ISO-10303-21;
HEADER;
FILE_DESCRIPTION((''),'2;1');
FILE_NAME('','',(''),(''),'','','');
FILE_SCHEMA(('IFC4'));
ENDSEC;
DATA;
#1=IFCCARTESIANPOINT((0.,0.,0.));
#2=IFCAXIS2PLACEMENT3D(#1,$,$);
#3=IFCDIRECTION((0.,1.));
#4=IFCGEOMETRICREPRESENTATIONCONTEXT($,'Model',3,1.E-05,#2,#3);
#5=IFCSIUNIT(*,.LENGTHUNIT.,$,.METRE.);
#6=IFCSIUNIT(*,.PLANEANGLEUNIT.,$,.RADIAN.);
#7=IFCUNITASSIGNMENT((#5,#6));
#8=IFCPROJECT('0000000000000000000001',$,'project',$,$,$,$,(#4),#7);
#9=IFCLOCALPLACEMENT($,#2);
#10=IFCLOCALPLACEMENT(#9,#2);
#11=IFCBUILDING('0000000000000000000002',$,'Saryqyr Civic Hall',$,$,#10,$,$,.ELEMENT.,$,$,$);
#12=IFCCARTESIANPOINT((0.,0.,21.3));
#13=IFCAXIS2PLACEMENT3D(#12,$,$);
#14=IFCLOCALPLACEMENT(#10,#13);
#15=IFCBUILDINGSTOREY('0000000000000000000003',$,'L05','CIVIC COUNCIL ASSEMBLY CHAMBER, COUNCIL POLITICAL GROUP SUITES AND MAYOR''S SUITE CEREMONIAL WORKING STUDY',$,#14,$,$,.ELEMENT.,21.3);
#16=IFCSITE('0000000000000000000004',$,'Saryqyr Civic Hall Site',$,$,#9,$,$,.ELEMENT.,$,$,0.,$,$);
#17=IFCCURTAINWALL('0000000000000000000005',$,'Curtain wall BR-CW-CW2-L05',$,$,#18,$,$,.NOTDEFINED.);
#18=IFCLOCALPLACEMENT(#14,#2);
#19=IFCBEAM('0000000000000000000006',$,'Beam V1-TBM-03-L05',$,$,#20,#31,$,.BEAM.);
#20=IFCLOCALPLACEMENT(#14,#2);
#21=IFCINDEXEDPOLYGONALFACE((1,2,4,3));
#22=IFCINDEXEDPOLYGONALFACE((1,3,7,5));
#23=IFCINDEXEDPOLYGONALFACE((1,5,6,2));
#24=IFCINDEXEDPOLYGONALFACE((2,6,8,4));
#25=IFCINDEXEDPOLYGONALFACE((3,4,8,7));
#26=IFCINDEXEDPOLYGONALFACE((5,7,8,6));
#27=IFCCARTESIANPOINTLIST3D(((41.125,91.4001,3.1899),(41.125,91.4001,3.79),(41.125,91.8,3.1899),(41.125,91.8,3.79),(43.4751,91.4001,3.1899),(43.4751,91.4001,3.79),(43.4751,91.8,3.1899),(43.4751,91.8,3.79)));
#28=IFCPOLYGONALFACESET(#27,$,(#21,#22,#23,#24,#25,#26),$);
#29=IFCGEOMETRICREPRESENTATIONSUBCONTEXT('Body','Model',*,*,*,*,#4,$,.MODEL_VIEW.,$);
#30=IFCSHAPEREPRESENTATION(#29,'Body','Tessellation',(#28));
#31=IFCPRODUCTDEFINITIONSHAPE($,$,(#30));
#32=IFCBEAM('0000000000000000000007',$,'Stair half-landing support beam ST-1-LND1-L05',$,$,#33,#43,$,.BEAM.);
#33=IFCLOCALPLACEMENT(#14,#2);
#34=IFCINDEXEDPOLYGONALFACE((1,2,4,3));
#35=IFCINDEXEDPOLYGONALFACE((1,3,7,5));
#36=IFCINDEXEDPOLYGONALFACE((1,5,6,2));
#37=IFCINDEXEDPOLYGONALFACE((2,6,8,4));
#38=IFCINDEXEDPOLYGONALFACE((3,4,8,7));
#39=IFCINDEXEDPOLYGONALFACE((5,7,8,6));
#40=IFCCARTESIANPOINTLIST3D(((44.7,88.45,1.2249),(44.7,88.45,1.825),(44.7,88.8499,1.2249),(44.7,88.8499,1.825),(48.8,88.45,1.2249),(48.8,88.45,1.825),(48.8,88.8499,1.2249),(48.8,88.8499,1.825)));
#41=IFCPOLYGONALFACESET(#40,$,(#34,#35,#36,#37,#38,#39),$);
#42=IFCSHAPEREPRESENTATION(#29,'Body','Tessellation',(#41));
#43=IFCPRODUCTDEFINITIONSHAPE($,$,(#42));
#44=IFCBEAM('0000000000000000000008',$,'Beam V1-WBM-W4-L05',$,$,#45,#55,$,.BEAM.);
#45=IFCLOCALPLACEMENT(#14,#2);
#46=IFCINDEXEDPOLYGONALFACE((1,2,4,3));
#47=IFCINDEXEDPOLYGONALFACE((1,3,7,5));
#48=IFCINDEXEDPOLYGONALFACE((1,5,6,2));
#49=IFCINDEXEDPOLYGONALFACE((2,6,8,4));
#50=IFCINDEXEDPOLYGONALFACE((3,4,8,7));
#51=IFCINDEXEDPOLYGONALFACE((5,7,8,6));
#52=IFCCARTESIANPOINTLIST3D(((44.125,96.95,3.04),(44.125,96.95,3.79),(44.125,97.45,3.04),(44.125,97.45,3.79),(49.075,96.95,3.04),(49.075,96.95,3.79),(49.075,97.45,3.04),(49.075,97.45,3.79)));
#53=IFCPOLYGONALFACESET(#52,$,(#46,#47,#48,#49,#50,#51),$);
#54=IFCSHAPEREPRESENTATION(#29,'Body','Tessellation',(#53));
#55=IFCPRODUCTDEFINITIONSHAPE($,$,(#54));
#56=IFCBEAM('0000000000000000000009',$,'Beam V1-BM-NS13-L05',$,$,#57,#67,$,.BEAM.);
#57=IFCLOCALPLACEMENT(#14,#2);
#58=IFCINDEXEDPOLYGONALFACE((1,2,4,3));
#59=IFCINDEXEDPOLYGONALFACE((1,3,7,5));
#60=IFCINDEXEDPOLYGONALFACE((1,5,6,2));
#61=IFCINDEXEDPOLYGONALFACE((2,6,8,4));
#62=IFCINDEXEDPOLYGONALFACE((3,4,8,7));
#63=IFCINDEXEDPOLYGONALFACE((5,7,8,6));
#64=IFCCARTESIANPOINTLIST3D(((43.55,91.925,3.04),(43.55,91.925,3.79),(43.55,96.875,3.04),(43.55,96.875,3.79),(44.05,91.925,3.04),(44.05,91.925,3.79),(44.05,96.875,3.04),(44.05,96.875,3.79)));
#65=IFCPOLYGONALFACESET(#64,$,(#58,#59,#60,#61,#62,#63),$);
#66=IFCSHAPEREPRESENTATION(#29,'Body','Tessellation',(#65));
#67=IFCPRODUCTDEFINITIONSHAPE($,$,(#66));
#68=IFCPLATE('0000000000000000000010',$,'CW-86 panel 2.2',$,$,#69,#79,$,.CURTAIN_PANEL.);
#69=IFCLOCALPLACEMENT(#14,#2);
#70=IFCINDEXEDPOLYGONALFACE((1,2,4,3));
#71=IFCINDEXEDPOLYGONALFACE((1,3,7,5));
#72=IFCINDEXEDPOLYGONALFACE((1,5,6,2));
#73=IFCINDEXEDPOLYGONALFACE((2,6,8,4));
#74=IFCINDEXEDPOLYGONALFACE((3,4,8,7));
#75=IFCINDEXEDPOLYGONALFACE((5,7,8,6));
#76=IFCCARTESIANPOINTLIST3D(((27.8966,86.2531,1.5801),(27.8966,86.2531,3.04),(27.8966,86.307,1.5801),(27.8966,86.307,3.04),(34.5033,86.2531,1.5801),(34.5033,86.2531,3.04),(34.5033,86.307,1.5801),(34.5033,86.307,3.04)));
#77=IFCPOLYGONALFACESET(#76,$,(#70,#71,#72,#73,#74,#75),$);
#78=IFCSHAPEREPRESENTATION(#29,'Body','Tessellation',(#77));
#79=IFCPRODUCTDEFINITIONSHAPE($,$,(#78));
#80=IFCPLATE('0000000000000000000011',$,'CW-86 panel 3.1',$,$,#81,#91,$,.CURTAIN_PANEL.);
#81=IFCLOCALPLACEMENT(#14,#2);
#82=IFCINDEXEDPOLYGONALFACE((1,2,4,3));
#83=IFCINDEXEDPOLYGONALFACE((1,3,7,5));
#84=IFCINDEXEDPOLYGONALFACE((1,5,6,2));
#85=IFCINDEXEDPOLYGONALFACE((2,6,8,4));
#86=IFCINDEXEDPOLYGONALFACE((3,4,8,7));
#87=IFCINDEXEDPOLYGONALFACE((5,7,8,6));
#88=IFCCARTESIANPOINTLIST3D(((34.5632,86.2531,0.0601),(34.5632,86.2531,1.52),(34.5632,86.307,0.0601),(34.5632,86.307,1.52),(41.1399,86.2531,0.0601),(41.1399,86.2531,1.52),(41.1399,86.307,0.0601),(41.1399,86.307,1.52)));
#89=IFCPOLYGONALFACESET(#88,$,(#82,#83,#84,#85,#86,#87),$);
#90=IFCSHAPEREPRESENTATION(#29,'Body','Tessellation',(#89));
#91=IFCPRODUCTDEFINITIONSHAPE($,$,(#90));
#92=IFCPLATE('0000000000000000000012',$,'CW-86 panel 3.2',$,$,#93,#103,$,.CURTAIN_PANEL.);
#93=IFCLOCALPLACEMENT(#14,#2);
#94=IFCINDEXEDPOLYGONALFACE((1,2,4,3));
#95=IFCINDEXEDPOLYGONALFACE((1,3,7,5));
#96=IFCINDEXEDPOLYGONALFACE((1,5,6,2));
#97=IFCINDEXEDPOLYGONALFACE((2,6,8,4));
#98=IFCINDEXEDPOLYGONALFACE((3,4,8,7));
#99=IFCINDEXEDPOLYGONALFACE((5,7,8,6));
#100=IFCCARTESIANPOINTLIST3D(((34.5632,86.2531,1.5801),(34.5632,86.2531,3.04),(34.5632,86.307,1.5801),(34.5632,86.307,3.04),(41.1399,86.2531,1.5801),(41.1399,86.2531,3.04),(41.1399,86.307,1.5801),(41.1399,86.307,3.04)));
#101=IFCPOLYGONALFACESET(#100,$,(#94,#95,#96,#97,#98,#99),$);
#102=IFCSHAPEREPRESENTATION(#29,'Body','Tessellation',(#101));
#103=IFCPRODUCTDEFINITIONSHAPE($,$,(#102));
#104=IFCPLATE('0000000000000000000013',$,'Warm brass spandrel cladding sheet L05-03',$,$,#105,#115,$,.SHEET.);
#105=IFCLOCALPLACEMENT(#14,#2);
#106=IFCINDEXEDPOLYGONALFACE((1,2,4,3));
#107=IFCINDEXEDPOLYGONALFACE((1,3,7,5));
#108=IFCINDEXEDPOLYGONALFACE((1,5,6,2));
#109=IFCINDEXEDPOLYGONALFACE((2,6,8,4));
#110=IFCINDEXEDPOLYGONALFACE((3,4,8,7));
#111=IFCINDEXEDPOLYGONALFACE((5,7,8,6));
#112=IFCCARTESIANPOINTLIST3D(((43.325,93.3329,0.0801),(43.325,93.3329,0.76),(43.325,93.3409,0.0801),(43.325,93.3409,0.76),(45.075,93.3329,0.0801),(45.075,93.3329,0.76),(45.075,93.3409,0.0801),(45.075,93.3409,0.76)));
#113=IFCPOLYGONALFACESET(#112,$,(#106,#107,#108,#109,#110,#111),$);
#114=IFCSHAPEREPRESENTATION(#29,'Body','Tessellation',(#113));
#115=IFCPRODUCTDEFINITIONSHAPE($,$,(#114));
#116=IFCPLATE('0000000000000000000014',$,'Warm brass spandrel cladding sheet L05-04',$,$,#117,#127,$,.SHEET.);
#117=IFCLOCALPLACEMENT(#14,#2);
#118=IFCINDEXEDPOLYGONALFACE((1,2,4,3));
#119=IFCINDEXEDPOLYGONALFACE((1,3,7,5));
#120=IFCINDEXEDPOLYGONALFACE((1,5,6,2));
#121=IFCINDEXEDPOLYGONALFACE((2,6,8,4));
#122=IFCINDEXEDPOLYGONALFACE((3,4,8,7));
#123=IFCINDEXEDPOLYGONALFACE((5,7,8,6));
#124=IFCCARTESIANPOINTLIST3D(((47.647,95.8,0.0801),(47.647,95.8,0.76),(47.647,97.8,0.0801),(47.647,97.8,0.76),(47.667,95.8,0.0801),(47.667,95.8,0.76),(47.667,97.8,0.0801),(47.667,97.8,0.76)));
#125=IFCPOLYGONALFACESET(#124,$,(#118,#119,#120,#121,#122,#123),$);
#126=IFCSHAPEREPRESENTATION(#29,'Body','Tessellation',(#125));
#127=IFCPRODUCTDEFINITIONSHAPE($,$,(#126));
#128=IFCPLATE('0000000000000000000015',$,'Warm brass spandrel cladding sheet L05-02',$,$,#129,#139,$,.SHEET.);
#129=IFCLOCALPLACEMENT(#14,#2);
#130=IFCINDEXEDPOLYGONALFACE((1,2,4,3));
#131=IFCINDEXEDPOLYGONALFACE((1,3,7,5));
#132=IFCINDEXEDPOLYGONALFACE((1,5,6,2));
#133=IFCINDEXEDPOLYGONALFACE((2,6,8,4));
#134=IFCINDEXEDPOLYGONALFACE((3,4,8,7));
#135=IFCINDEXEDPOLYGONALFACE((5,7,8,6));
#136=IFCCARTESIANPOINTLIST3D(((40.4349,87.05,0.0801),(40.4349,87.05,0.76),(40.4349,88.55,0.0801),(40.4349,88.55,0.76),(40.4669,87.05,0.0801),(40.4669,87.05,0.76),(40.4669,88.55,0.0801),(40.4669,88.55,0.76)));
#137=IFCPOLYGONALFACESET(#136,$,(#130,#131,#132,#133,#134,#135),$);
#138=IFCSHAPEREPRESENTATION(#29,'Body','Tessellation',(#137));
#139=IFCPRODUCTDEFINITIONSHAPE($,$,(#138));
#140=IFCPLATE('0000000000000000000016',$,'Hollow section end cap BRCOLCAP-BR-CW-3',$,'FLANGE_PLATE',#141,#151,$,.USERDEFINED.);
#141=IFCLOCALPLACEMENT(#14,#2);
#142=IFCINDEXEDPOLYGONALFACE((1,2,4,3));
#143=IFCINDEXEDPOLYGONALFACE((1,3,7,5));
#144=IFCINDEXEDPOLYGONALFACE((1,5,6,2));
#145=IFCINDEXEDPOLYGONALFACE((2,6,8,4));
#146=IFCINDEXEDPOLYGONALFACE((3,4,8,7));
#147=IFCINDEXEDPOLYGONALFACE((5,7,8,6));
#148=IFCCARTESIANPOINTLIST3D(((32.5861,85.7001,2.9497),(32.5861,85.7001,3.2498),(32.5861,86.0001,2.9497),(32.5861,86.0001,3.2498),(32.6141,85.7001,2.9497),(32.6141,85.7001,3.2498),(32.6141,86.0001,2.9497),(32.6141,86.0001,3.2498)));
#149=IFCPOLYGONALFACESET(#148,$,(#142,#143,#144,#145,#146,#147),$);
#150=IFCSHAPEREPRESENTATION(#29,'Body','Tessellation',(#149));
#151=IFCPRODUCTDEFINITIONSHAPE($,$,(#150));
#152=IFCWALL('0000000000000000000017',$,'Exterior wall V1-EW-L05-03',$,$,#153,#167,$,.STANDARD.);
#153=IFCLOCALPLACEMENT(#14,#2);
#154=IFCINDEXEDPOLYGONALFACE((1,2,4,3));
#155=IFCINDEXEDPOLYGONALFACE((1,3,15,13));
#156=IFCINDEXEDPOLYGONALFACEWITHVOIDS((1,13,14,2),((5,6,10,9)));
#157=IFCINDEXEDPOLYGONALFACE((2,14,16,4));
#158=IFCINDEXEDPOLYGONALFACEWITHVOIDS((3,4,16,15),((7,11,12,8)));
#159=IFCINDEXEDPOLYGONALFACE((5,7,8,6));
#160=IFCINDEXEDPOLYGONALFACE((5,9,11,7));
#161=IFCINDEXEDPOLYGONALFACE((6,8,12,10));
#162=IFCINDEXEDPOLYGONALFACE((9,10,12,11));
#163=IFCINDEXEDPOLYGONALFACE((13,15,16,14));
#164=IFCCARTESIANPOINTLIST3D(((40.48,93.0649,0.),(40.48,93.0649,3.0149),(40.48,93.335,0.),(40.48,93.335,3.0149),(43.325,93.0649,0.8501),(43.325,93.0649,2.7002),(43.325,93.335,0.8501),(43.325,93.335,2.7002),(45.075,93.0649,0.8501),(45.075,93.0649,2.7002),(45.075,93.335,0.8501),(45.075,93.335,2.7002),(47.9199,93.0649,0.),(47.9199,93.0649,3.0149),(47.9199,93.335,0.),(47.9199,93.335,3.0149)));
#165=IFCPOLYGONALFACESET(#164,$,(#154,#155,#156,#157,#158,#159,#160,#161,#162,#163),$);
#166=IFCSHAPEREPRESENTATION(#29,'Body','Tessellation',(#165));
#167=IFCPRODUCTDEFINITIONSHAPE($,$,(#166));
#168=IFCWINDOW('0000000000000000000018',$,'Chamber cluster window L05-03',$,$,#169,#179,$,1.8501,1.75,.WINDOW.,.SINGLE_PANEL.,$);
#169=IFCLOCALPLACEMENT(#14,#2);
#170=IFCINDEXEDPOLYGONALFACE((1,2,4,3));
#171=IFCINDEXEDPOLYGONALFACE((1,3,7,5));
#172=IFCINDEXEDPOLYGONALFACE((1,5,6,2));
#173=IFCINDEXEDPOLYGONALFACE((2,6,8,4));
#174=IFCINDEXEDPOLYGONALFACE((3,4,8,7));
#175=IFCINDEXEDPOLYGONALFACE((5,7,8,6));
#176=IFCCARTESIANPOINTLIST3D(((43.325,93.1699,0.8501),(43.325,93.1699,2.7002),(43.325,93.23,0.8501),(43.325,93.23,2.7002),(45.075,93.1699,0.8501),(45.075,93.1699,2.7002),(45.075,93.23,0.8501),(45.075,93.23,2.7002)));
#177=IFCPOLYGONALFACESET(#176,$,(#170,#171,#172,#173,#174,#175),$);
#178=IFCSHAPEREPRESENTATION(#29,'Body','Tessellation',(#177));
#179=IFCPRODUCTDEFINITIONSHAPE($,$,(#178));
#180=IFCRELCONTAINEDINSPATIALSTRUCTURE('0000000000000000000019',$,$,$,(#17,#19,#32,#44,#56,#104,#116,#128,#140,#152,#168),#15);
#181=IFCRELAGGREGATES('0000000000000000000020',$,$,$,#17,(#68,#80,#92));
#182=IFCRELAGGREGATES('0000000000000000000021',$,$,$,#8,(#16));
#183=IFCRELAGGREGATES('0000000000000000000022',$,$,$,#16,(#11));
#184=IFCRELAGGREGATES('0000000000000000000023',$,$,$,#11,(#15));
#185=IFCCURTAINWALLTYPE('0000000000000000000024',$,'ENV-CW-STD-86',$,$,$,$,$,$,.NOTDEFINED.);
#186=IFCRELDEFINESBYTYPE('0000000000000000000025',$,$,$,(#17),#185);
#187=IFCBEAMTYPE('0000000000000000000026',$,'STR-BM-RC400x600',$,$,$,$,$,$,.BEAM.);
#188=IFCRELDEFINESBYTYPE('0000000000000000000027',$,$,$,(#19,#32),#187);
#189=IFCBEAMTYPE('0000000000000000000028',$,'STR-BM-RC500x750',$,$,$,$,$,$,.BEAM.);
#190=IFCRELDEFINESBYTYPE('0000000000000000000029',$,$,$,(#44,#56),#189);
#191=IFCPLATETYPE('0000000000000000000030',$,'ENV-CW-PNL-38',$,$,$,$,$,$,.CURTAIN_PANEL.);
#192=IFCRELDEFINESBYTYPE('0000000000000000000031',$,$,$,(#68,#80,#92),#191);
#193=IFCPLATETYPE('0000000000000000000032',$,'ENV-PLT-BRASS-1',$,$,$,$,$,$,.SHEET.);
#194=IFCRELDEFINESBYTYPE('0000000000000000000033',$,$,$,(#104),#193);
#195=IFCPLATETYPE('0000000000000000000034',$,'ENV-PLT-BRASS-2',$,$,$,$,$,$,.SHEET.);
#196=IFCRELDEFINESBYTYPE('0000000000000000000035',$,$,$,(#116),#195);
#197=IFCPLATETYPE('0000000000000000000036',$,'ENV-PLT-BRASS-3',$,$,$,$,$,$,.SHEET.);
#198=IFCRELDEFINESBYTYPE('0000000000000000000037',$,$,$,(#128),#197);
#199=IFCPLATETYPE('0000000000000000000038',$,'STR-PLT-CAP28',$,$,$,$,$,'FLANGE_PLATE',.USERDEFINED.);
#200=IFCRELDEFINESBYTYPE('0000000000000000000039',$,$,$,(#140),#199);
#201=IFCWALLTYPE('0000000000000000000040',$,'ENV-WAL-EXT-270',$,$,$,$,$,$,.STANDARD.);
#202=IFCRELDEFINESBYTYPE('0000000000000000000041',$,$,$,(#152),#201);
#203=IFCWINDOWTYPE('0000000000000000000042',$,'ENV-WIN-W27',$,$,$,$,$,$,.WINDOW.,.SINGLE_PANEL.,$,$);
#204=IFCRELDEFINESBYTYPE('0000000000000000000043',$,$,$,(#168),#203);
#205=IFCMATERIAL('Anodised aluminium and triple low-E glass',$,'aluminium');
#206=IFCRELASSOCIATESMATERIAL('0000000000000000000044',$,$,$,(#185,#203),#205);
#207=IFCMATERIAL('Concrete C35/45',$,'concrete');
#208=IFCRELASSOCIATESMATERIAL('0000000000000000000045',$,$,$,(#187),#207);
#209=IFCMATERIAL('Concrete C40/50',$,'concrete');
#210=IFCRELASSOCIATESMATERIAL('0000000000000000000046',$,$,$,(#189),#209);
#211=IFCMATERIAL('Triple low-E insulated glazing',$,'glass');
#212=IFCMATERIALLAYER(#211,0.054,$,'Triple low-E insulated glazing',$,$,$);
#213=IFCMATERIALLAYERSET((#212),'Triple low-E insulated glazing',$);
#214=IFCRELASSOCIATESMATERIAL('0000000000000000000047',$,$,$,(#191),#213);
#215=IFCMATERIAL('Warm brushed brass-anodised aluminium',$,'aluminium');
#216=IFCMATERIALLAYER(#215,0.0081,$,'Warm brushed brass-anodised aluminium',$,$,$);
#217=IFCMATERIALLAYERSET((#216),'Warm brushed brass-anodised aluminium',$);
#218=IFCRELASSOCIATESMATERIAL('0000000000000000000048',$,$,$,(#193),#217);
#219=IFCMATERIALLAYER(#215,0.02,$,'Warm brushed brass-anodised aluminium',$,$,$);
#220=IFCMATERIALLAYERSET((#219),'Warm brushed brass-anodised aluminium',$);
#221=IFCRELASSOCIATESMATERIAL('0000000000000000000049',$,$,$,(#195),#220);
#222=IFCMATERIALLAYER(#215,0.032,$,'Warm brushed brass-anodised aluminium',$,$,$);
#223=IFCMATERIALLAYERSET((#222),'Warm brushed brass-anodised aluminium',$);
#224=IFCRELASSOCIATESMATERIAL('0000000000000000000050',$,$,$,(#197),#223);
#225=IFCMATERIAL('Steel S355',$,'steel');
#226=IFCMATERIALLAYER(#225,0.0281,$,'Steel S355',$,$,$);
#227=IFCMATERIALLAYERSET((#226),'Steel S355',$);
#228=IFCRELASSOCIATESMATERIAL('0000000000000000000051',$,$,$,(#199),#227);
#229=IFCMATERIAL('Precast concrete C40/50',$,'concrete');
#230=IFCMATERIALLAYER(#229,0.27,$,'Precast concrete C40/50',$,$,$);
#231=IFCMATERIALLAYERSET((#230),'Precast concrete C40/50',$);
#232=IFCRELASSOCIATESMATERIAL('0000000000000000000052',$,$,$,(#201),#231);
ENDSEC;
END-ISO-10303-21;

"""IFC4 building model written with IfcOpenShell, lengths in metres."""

from ifc_helpers import new_model, si_unit, direction, frame, frame_2d, origin, origin_2d, place, context, subcontext, project, spatial, rectangle, extrude, material, layer, layer_set, material_profile, profile_set, type_object, element, fill, aggregate, save


model = new_model("IFC4")

# Units and contexts
model_context = context("Model", 3, precision=1e-05, world=origin(), true_north=direction((0.0, 1.0)))
body_context = subcontext(model_context, "Body", "Model", "MODEL_VIEW")
ifc_project = project(units=[si_unit("LENGTHUNIT", "METRE"), si_unit("PLANEANGLEUNIT", "RADIAN")], contexts=[model_context])

# Site, building, storey
site_placement = place(None, origin())
site = spatial("IfcSite", under=ifc_project, at=site_placement, Name="Saryqyr Civic Hall Site", CompositionType="ELEMENT", RefElevation=0.0)
building_placement = place(site_placement, origin())
building = spatial("IfcBuilding", under=site, at=building_placement, Name="Saryqyr Civic Hall", CompositionType="ELEMENT")
storey_placement = place(building_placement, frame((0.0, 0.0, 21.3)))
storey = spatial("IfcBuildingStorey", under=building, at=storey_placement, Name="L05", Description="CIVIC COUNCIL ASSEMBLY CHAMBER, COUNCIL POLITICAL GROUP SUITES AND MAYOR'S SUITE CEREMONIAL WORKING STUDY", CompositionType="ELEMENT", Elevation=21.3)

# Shared definitions
ifc_material_1 = material(Name="Steel S355", Category="steel")
ifc_material_2 = material(Name="Concrete C40/50", Category="concrete")

# Curtain wall
ifc_material_3 = material(Name="Anodised aluminium and triple low-E glass", Category="aluminium")
curtain_wall_type = type_object("IfcCurtainWallType", Name="ENV-CW-STD-86", PredefinedType="NOTDEFINED", material=ifc_material_3)
curtain_wall_placement = place(storey_placement, origin())
curtain_wall = element("IfcCurtainWall", 1, at=curtain_wall_placement, inside=storey, type_object=curtain_wall_type, Name="Curtain wall BR-CW-CW2-L05", PredefinedType="NOTDEFINED")

# Beams
ifc_material_4 = material(Name="Concrete C35/45", Category="concrete")
ifc_material_profile_1 = material_profile(ifc_material_4, rectangle(XDim=0.3999, YDim=0.6001, at=origin_2d()), Name="RC 400x600")
ifc_profile_set_1 = profile_set([ifc_material_profile_1], Name="Concrete C35/45")
beam_type_1 = type_object("IfcBeamType", Name="STR-BM-RC400x600", PredefinedType="BEAM", material=ifc_profile_set_1)
beam_1_placement = place(storey_placement, frame((41.125, 91.6001, 3.49), z_axis=(1.0, 0.0, 0.0), x_axis=(0.0, 1.0, 0.0)))
element("IfcBeam", 2, at=beam_1_placement, inside=storey, type_object=beam_type_1, Name="Beam V1-TBM-03-L05", PredefinedType="BEAM", context=body_context, shape_type="SweptSolid", body=[
    extrude(rectangle(XDim=0.3999, YDim=0.6001, at=origin_2d()), origin(), (0.0, 0.0, 1.0), 2.3501),
])
beam_2_placement = place(storey_placement, frame((48.8, 88.6499, 1.5249), z_axis=(-1.0, 0.0, 0.0), x_axis=(0.0, -1.0, 0.0)))
element("IfcBeam", 3, at=beam_2_placement, inside=storey, type_object=beam_type_1, Name="Stair half-landing support beam ST-1-LND1-L05", PredefinedType="BEAM", context=body_context, shape_type="SweptSolid", body=[
    extrude(rectangle(XDim=0.3999, YDim=0.6001, at=origin_2d()), origin(), (0.0, 0.0, 1.0), 4.1001),
])
ifc_material_profile_2 = material_profile(ifc_material_2, rectangle(XDim=0.5, YDim=0.75, at=origin_2d()), Name="RC 500x750")
ifc_profile_set_2 = profile_set([ifc_material_profile_2], Name="Concrete C40/50")
beam_type_2 = type_object("IfcBeamType", Name="STR-BM-RC500x750", PredefinedType="BEAM", material=ifc_profile_set_2)
for number, where, z_axis, x_axis, name in (
    (4, (44.125, 97.2, 3.415), (1.0, 0.0, 0.0), (0.0, 1.0, 0.0), "Beam V1-WBM-W4-L05"),
    (5, (43.8, 91.925, 3.415), (0.0, 1.0, 0.0), (-1.0, 0.0, 0.0), "Beam V1-BM-NS13-L05"),
):
    element("IfcBeam", number, at=place(storey_placement, frame(where, z_axis=z_axis, x_axis=x_axis)), inside=storey, type_object=beam_type_2, Name=name, PredefinedType="BEAM", context=body_context, shape_type="SweptSolid", body=[
        extrude(rectangle(XDim=0.5, YDim=0.75, at=origin_2d()), origin(), (0.0, 0.0, 1.0), 4.95),
    ])

# Plates
ifc_material_5 = material(Name="Triple low-E insulated glazing", Category="glass")
ifc_layer_1 = layer(ifc_material_5, 0.054, Name="Triple low-E insulated glazing")
ifc_layer_set_1 = layer_set([ifc_layer_1], Name="Triple low-E insulated glazing")
plate_type_1 = type_object("IfcPlateType", Name="ENV-CW-PNL-38", PredefinedType="CURTAIN_PANEL", material=ifc_layer_set_1)
plate_1_placement = place(storey_placement, frame((31.2, 86.28, 1.5801), z_axis=(0.0, 0.0, 1.0), x_axis=(1.0, 0.0, 0.0)))
plate_1 = element("IfcPlate", 6, at=plate_1_placement, type_object=plate_type_1, Name="CW-86 panel 2.2", PredefinedType="CURTAIN_PANEL", context=body_context, shape_type="SweptSolid", body=[
    extrude(rectangle(XDim=6.6067, YDim=0.054, at=origin_2d()), origin(), (0.0, 0.0, 1.0), 1.46),
])
plate_2_placement = place(storey_placement, frame((37.8516, 86.28, 0.0601), z_axis=(0.0, 0.0, 1.0), x_axis=(1.0, 0.0, 0.0)))
plate_2 = element("IfcPlate", 7, at=plate_2_placement, type_object=plate_type_1, Name="CW-86 panel 3.1", PredefinedType="CURTAIN_PANEL", context=body_context, shape_type="SweptSolid", body=[
    extrude(rectangle(XDim=6.5767, YDim=0.054, at=origin_2d()), origin(), (0.0, 0.0, 1.0), 1.46),
])
plate_3_placement = place(storey_placement, frame((37.8516, 86.28, 1.5801), z_axis=(0.0, 0.0, 1.0), x_axis=(1.0, 0.0, 0.0)))
plate_3 = element("IfcPlate", 8, at=plate_3_placement, type_object=plate_type_1, Name="CW-86 panel 3.2", PredefinedType="CURTAIN_PANEL", context=body_context, shape_type="SweptSolid", body=[
    extrude(rectangle(XDim=6.5767, YDim=0.054, at=origin_2d()), origin(), (0.0, 0.0, 1.0), 1.46),
])
aggregate(curtain_wall, [plate_1, plate_2, plate_3])

# Plates
ifc_material_6 = material(Name="Warm brushed brass-anodised aluminium", Category="aluminium")
ifc_layer_2 = layer(ifc_material_6, 0.0081, Name="Warm brushed brass-anodised aluminium")
ifc_layer_set_2 = layer_set([ifc_layer_2], Name="Warm brushed brass-anodised aluminium")
plate_type_2 = type_object("IfcPlateType", Name="ENV-PLT-BRASS-1", PredefinedType="SHEET", material=ifc_layer_set_2)
plate_4_placement = place(storey_placement, frame((44.2, 93.3369, 0.0801), z_axis=(0.0, 0.0, 1.0), x_axis=(1.0, 0.0, 0.0)))
element("IfcPlate", 9, at=plate_4_placement, inside=storey, type_object=plate_type_2, Name="Warm brass spandrel cladding sheet L05-03", PredefinedType="SHEET", context=body_context, shape_type="SweptSolid", body=[
    extrude(rectangle(XDim=1.75, YDim=0.0081, at=origin_2d()), origin(), (0.0, 0.0, 1.0), 0.6799),
])
ifc_layer_3 = layer(ifc_material_6, 0.02, Name="Warm brushed brass-anodised aluminium")
ifc_layer_set_3 = layer_set([ifc_layer_3], Name="Warm brushed brass-anodised aluminium")
plate_type_3 = type_object("IfcPlateType", Name="ENV-PLT-BRASS-2", PredefinedType="SHEET", material=ifc_layer_set_3)
plate_5_placement = place(storey_placement, frame((47.657, 96.8, 0.0801), z_axis=(0.0, 0.0, 1.0), x_axis=(0.0, 1.0, 0.0)))
element("IfcPlate", 10, at=plate_5_placement, inside=storey, type_object=plate_type_3, Name="Warm brass spandrel cladding sheet L05-04", PredefinedType="SHEET", context=body_context, shape_type="SweptSolid", body=[
    extrude(rectangle(XDim=2.0, YDim=0.02, at=origin_2d()), origin(), (0.0, 0.0, 1.0), 0.6799),
])
ifc_layer_4 = layer(ifc_material_6, 0.032, Name="Warm brushed brass-anodised aluminium")
ifc_layer_set_4 = layer_set([ifc_layer_4], Name="Warm brushed brass-anodised aluminium")
plate_type_4 = type_object("IfcPlateType", Name="ENV-PLT-BRASS-3", PredefinedType="SHEET", material=ifc_layer_set_4)
plate_6_placement = place(storey_placement, frame((40.4509, 87.8, 0.0801), z_axis=(0.0, 0.0, 1.0), x_axis=(0.0, 1.0, 0.0)))
element("IfcPlate", 11, at=plate_6_placement, inside=storey, type_object=plate_type_4, Name="Warm brass spandrel cladding sheet L05-02", PredefinedType="SHEET", context=body_context, shape_type="SweptSolid", body=[
    extrude(rectangle(XDim=1.5, YDim=0.032, at=origin_2d()), origin(), (0.0, 0.0, 1.0), 0.6799),
])
ifc_layer_5 = layer(ifc_material_1, 0.0281, Name="Steel S355")
ifc_layer_set_5 = layer_set([ifc_layer_5], Name="Steel S355")
plate_type_5 = type_object("IfcPlateType", Name="STR-PLT-CAP28", ElementType="FLANGE_PLATE", PredefinedType="USERDEFINED", material=ifc_layer_set_5)
plate_7_placement = place(storey_placement, frame((32.6001, 85.8501, 2.9497), z_axis=(0.0, 0.0, 1.0), x_axis=(1.0, 0.0, 0.0)))
element("IfcPlate", 12, at=plate_7_placement, inside=storey, type_object=plate_type_5, Name="Hollow section end cap BRCOLCAP-BR-CW-3", ObjectType="FLANGE_PLATE", PredefinedType="USERDEFINED", context=body_context, shape_type="SweptSolid", body=[
    extrude(rectangle(XDim=0.0281, YDim=0.3, at=origin_2d()), origin(), (0.0, 0.0, 1.0), 0.3),
])

# Wall, opening, window
ifc_material_7 = material(Name="Precast concrete C40/50", Category="concrete")
ifc_layer_6 = layer(ifc_material_7, 0.27, Name="Precast concrete C40/50")
ifc_layer_set_6 = layer_set([ifc_layer_6], Name="Precast concrete C40/50")
wall_type_1 = type_object("IfcWallType", Name="ENV-WAL-EXT-270", PredefinedType="STANDARD", material=ifc_layer_set_6)
wall_1_placement = place(storey_placement, frame((40.48, 93.2, 0.0), z_axis=(0.0, 0.0, 1.0), x_axis=(1.0, 0.0, 0.0)))
wall_1 = element("IfcWall", 13, at=wall_1_placement, inside=storey, type_object=wall_type_1, Name="Exterior wall V1-EW-L05-03", PredefinedType="STANDARD", context=body_context, shape_type="SweptSolid", body=[
    extrude(rectangle(XDim=7.4399, YDim=0.27, at=frame_2d((3.72, 0.0))), origin(), (0.0, 0.0, 1.0), 3.0149),
])
opening_1_placement = place(wall_1_placement, frame((2.845, 0.0, 0.8501)))
opening_1 = element("IfcOpeningElement", 14, at=opening_1_placement, cuts=wall_1, PredefinedType="OPENING", context=body_context, shape_type="SweptSolid", body=[
    extrude(rectangle(XDim=1.75, YDim=1.8501, at=frame_2d((0.875, 0.925))), frame((0.0, 0.145, 0.0), z_axis=(0.0, -1.0, 0.0), x_axis=(1.0, 0.0, 0.0)), (0.0, 0.0, 1.0), 0.29),
])
window_type_1 = type_object("IfcWindowType", Name="ENV-WIN-W27", PartitioningType="SINGLE_PANEL", PredefinedType="WINDOW", material=ifc_material_3)
window_1_placement = place(opening_1_placement, origin())
window_1 = element("IfcWindow", 15, at=window_1_placement, inside=storey, type_object=window_type_1, Name="Chamber cluster window L05-03", OverallHeight=1.8501, OverallWidth=1.75, PartitioningType="SINGLE_PANEL", PredefinedType="WINDOW", context=body_context, shape_type="SweptSolid", body=[
    extrude(rectangle(XDim=1.75, YDim=1.8501, at=frame_2d((0.875, 0.925))), frame((0.0, 0.03, 0.0), z_axis=(0.0, -1.0, 0.0), x_axis=(1.0, 0.0, 0.0)), (0.0, 0.0, 1.0), 0.0601),
])
fill(opening_1, window_1)

save(model, "model.ifc")
